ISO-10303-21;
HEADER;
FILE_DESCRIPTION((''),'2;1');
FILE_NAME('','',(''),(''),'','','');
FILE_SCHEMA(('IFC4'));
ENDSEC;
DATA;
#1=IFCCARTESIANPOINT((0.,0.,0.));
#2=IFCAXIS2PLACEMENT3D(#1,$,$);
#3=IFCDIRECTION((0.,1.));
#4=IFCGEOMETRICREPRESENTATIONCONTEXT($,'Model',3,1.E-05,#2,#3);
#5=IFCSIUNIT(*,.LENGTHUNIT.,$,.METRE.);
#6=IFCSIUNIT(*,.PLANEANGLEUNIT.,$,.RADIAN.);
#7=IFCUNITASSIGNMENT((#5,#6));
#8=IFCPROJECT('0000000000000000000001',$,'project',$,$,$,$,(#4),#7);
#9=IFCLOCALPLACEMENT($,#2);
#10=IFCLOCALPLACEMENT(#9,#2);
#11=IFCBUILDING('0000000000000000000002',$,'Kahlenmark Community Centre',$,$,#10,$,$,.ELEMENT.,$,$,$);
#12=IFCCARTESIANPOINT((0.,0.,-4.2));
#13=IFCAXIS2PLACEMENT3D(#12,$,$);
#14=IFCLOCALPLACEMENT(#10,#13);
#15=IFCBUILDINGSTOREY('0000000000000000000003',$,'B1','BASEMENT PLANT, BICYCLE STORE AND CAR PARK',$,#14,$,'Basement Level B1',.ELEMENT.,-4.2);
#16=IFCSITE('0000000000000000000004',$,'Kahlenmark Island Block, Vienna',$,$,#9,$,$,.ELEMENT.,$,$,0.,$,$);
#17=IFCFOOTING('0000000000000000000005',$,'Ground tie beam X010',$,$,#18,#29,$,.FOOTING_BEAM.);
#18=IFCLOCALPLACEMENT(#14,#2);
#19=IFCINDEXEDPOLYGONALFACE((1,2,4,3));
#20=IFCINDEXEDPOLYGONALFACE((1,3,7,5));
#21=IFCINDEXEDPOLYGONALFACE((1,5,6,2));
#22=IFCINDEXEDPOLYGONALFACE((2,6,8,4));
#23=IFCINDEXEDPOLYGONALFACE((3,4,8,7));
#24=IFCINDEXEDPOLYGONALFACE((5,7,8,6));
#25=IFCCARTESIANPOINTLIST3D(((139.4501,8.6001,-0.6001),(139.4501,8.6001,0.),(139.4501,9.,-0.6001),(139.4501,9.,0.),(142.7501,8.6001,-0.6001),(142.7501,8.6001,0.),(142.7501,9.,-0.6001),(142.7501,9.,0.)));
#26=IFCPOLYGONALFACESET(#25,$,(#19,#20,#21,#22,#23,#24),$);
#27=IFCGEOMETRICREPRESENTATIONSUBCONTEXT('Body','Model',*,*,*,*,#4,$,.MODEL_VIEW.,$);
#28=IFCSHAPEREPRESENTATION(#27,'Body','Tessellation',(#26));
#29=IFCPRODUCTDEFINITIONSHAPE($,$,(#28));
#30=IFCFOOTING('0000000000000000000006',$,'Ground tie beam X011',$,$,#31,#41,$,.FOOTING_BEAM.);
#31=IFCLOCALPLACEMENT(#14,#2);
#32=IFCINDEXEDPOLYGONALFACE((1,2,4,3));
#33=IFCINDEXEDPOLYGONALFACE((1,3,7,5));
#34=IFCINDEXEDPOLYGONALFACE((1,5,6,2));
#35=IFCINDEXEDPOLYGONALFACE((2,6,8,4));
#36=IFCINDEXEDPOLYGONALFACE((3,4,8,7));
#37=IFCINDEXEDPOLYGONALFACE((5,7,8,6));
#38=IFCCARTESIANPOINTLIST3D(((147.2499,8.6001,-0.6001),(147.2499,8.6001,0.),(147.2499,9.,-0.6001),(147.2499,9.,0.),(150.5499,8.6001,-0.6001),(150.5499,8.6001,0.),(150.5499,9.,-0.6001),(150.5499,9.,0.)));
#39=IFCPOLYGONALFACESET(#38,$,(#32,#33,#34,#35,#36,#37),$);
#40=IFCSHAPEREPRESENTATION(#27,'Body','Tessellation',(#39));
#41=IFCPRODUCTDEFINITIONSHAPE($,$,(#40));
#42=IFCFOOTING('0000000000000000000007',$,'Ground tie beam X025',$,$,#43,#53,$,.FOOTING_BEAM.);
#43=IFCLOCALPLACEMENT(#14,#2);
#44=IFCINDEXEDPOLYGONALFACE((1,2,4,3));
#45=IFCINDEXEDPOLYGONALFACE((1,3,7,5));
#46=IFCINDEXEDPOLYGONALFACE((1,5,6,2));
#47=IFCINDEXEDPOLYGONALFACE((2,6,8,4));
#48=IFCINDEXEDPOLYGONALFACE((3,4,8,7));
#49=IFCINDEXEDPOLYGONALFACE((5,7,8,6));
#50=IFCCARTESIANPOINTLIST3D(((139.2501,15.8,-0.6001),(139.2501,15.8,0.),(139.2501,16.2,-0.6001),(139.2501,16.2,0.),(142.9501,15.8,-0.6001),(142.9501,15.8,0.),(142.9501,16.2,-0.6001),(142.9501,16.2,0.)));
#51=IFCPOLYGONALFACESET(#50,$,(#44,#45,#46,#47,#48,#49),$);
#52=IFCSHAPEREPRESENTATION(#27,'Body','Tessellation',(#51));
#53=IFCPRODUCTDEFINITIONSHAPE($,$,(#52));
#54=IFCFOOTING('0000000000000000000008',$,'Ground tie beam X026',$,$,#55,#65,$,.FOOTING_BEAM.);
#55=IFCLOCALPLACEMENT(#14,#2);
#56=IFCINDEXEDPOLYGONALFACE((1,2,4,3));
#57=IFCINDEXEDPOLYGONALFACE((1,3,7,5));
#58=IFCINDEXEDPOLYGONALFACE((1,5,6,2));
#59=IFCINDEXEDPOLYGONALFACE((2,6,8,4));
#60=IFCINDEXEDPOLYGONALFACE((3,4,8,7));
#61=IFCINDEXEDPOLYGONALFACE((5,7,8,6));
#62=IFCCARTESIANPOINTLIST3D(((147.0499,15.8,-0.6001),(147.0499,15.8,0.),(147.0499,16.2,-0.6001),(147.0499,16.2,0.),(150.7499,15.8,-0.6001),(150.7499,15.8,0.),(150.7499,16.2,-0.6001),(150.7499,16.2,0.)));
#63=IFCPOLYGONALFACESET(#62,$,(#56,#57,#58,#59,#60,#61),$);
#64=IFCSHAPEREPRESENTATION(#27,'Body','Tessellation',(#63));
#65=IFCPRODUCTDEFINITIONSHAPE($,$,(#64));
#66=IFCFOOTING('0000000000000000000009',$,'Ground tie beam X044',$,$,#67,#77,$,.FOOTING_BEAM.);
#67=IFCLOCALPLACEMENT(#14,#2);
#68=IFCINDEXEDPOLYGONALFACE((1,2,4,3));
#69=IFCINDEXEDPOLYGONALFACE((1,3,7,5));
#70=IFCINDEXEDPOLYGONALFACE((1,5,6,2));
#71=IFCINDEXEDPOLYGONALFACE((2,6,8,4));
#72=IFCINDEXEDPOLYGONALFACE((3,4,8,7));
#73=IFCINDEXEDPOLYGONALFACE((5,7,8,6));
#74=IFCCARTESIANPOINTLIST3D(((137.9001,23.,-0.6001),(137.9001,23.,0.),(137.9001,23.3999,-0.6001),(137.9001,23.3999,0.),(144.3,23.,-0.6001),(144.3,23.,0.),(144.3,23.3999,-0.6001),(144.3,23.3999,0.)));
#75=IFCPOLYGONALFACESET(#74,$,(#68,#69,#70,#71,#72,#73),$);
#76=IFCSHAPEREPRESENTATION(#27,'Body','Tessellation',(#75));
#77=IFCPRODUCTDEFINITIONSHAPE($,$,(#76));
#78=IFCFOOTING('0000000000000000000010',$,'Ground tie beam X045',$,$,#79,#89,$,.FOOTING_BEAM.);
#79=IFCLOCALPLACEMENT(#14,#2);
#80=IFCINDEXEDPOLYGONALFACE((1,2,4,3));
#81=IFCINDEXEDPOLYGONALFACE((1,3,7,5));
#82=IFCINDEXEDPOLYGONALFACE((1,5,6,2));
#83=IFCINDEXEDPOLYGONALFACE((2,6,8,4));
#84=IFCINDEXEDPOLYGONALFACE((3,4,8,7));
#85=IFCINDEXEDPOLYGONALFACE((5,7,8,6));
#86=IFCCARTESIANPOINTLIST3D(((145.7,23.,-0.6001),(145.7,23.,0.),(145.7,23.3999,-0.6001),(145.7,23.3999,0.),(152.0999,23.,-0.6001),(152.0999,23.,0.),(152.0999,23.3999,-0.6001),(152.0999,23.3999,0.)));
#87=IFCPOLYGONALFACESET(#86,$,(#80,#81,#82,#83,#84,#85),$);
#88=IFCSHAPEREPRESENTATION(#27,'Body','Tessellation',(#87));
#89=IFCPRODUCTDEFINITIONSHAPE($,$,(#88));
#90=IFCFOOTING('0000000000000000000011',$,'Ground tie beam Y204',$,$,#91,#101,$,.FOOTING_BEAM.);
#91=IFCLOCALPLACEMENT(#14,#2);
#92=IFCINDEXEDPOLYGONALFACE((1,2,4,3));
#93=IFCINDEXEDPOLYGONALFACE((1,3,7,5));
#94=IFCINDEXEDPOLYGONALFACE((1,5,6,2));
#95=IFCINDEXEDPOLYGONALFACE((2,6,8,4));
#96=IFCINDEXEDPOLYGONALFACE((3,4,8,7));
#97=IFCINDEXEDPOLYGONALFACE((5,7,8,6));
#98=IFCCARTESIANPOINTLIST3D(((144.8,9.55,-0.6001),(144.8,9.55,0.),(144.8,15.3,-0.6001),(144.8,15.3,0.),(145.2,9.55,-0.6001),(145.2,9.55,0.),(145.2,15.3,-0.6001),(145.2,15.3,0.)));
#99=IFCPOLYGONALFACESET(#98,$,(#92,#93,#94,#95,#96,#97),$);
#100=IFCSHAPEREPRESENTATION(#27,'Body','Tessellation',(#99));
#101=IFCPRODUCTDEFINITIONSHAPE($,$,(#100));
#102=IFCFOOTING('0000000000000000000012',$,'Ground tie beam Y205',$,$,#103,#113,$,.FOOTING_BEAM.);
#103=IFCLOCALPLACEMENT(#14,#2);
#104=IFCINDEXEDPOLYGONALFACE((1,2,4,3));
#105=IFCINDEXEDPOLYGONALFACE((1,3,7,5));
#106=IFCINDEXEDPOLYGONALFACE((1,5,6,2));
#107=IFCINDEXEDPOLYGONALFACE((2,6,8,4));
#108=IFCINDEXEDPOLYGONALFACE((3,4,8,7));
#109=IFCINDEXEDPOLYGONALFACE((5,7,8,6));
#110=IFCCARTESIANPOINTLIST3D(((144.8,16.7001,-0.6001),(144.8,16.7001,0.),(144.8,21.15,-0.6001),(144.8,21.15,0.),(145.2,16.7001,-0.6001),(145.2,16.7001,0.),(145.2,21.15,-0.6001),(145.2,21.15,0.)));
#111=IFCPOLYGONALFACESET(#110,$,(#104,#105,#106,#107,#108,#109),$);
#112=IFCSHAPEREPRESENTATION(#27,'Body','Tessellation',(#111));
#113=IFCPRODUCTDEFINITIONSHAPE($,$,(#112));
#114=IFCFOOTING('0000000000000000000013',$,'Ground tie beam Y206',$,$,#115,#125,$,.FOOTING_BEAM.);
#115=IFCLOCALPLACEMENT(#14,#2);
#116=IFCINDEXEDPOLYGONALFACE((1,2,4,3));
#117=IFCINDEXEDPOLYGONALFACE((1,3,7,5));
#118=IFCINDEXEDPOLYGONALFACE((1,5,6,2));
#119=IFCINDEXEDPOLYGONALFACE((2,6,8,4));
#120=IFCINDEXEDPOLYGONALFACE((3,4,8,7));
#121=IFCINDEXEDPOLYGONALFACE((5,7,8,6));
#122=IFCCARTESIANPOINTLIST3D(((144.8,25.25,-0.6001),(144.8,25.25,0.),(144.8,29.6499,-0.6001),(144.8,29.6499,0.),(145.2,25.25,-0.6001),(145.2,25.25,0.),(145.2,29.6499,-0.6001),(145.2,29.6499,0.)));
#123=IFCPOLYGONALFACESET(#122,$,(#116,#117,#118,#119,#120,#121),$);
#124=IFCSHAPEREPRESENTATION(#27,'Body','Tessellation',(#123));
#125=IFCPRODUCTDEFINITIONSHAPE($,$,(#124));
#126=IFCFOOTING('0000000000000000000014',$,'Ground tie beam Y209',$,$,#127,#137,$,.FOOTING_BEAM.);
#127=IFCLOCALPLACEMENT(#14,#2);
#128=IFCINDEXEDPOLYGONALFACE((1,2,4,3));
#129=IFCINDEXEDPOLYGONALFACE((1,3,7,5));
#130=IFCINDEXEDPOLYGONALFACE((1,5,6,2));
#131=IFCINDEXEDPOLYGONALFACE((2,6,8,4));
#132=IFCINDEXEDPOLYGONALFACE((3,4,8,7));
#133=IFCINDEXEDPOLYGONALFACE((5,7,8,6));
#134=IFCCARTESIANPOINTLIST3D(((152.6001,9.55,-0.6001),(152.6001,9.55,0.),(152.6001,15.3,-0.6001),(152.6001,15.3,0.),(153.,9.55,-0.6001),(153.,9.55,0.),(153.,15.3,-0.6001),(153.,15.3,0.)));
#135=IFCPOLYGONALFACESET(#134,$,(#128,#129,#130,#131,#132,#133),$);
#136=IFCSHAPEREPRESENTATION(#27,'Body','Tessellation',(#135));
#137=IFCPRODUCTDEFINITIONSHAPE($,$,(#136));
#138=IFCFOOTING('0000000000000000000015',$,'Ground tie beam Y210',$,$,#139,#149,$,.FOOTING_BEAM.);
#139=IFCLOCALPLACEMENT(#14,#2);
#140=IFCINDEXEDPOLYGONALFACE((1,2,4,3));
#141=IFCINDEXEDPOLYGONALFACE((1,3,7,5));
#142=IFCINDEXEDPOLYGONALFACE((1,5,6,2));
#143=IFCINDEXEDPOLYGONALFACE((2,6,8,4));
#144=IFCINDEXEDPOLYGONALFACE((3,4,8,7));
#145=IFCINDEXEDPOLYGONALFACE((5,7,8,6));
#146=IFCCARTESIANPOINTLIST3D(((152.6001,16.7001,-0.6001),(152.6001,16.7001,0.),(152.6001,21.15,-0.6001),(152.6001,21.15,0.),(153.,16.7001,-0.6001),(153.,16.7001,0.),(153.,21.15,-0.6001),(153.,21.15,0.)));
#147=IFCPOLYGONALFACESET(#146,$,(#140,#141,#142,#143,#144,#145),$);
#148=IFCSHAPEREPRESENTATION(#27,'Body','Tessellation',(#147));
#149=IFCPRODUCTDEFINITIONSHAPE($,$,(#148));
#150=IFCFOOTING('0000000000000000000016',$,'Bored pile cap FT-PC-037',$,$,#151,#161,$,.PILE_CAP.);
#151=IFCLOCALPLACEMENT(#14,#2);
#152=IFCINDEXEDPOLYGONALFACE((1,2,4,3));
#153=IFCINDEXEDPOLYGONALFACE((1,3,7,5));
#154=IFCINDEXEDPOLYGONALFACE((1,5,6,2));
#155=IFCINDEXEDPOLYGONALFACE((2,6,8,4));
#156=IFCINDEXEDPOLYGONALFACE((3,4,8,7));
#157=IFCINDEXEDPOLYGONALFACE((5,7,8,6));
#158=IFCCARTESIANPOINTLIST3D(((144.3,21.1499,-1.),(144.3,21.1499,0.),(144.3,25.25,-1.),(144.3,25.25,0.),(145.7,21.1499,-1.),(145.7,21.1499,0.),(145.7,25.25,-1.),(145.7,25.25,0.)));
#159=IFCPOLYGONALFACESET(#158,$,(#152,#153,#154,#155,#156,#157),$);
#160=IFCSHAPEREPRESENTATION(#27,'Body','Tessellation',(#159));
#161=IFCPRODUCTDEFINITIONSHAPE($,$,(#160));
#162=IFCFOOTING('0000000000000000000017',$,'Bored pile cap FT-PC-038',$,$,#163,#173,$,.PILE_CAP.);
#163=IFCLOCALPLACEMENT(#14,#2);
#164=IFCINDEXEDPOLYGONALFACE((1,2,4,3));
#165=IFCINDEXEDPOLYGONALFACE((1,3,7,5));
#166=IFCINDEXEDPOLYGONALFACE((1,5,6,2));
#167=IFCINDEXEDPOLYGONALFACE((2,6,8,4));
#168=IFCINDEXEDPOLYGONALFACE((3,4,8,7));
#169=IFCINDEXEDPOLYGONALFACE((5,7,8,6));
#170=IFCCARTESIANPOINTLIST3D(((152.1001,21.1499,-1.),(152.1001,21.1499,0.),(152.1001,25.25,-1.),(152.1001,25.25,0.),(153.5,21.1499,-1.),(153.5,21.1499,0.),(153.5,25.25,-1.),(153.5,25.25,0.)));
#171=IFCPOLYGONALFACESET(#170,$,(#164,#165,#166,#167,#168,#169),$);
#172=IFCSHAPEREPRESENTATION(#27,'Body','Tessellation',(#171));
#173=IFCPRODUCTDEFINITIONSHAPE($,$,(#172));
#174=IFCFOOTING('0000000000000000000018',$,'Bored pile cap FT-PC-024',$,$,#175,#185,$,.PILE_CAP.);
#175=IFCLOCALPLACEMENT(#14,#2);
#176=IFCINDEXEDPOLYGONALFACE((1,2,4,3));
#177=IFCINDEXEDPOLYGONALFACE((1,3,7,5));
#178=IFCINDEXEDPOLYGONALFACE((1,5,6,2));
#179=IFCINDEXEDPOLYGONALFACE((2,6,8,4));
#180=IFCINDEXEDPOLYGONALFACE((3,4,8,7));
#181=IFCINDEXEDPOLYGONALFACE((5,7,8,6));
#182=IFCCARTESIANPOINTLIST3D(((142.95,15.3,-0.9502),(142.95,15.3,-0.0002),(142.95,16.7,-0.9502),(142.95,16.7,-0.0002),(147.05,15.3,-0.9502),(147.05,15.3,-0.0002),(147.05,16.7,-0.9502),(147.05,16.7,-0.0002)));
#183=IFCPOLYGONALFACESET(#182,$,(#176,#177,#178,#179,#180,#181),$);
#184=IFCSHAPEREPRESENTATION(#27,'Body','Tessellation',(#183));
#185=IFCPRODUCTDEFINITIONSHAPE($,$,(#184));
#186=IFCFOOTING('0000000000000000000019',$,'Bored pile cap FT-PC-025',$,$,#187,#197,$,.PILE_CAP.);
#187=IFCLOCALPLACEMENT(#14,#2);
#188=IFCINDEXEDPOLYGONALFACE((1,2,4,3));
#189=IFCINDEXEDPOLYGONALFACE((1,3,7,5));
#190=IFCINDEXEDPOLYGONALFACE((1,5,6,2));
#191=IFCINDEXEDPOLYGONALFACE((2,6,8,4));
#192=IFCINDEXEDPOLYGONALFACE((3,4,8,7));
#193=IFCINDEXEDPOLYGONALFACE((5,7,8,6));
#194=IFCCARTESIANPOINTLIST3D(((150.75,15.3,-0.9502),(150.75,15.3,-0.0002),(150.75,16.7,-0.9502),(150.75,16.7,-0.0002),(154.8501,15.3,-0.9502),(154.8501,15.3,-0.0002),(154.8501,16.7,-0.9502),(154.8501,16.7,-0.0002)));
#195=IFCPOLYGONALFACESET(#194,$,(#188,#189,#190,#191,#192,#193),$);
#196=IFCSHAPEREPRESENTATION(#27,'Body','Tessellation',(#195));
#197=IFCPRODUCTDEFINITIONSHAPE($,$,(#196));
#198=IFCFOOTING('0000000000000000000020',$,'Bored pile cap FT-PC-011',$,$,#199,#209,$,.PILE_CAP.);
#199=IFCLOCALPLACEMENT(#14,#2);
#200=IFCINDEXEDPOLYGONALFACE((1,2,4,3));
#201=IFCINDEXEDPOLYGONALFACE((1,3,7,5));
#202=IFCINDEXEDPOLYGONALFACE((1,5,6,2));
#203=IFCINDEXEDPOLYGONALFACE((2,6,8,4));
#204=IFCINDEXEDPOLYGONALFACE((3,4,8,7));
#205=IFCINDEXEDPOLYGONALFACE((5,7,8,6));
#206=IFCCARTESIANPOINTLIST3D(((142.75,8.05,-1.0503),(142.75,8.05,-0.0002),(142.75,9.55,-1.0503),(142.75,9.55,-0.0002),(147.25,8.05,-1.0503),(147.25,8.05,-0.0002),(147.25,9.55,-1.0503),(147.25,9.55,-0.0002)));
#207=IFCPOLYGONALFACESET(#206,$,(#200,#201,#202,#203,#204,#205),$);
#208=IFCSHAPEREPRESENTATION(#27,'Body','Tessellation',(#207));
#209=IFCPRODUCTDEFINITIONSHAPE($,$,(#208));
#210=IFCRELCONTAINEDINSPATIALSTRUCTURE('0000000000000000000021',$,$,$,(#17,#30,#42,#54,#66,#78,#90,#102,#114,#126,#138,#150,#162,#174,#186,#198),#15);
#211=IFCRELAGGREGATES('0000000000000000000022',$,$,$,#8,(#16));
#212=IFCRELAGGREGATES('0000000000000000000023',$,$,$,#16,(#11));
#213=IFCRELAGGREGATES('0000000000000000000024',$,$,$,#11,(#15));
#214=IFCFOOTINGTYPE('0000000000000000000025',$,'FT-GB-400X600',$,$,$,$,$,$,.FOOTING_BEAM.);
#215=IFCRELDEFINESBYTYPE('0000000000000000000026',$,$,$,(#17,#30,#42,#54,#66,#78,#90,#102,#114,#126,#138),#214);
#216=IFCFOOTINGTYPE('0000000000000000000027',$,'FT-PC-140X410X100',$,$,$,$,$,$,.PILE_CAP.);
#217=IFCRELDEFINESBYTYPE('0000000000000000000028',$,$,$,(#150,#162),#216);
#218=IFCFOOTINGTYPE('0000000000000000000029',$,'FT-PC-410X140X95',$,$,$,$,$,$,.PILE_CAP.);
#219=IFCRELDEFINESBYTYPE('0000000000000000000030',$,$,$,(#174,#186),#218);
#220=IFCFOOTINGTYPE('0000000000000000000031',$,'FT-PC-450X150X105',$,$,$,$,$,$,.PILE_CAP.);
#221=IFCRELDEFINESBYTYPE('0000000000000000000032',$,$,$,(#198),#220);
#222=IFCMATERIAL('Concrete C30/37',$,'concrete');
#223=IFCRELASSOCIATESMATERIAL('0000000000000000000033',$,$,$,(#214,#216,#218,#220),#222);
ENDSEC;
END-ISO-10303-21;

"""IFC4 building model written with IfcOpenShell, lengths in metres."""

from ifc_helpers import new_model, si_unit, direction, frame, origin, origin_2d, place, context, subcontext, project, spatial, rectangle, extrude, material, type_object, element, save


model = new_model("IFC4")

# Units and contexts
model_context = context("Model", 3, precision=1e-05, world=origin(), true_north=direction((0.0, 1.0)))
body_context = subcontext(model_context, "Body", "Model", "MODEL_VIEW")
ifc_project = project(units=[si_unit("LENGTHUNIT", "METRE"), si_unit("PLANEANGLEUNIT", "RADIAN")], contexts=[model_context])

# Site, building, storey
site_placement = place(None, origin())
site = spatial("IfcSite", under=ifc_project, at=site_placement, Name="Kahlenmark Island Block, Vienna", CompositionType="ELEMENT", RefElevation=0.0)
building_placement = place(site_placement, origin())
building = spatial("IfcBuilding", under=site, at=building_placement, Name="Kahlenmark Community Centre", CompositionType="ELEMENT")
storey_placement = place(building_placement, frame((0.0, 0.0, -4.2)))
storey = spatial("IfcBuildingStorey", under=building, at=storey_placement, Name="B1", Description="BASEMENT PLANT, BICYCLE STORE AND CAR PARK", LongName="Basement Level B1", CompositionType="ELEMENT", Elevation=-4.2)

# Footings
ifc_material_1 = material(Name="Concrete C30/37", Category="concrete")
footing_type_1 = type_object("IfcFootingType", Name="FT-GB-400X600", PredefinedType="FOOTING_BEAM", material=ifc_material_1)
for number, where, z_axis, x_axis, name in (
    (1, (141.1001, 8.8, -0.6001), (0.0, 0.0, 1.0), (1.0, 0.0, 0.0), "Ground tie beam X010"),
    (2, (148.8999, 8.8, -0.6001), (0.0, 0.0, 1.0), (1.0, 0.0, 0.0), "Ground tie beam X011"),
):
    element("IfcFooting", number, at=place(storey_placement, frame(where, z_axis=z_axis, x_axis=x_axis)), inside=storey, type_object=footing_type_1, Name=name, PredefinedType="FOOTING_BEAM", context=body_context, shape_type="SweptSolid", body=[
        extrude(rectangle(XDim=3.3, YDim=0.3999, at=origin_2d()), origin(), (0.0, 0.0, 1.0), 0.6001),
    ])
for number, where, z_axis, x_axis, name in (
    (3, (141.1001, 16.0, -0.6001), (0.0, 0.0, 1.0), (1.0, 0.0, 0.0), "Ground tie beam X025"),
    (4, (148.8999, 16.0, -0.6001), (0.0, 0.0, 1.0), (1.0, 0.0, 0.0), "Ground tie beam X026"),
):
    element("IfcFooting", number, at=place(storey_placement, frame(where, z_axis=z_axis, x_axis=x_axis)), inside=storey, type_object=footing_type_1, Name=name, PredefinedType="FOOTING_BEAM", context=body_context, shape_type="SweptSolid", body=[
        extrude(rectangle(XDim=3.7, YDim=0.3999, at=origin_2d()), origin(), (0.0, 0.0, 1.0), 0.6001),
    ])
for number, where, z_axis, x_axis, name in (
    (5, (141.1001, 23.2, -0.6001), (0.0, 0.0, 1.0), (1.0, 0.0, 0.0), "Ground tie beam X044"),
    (6, (148.8999, 23.2, -0.6001), (0.0, 0.0, 1.0), (1.0, 0.0, 0.0), "Ground tie beam X045"),
):
    element("IfcFooting", number, at=place(storey_placement, frame(where, z_axis=z_axis, x_axis=x_axis)), inside=storey, type_object=footing_type_1, Name=name, PredefinedType="FOOTING_BEAM", context=body_context, shape_type="SweptSolid", body=[
        extrude(rectangle(XDim=6.3999, YDim=0.3999, at=origin_2d()), origin(), (0.0, 0.0, 1.0), 0.6001),
    ])
footing_1_placement = place(storey_placement, frame((145.0, 12.425, -0.6001), z_axis=(0.0, 0.0, 1.0), x_axis=(1.0, 0.0, 0.0)))
element("IfcFooting", 7, at=footing_1_placement, inside=storey, type_object=footing_type_1, Name="Ground tie beam Y204", PredefinedType="FOOTING_BEAM", context=body_context, shape_type="SweptSolid", body=[
    extrude(rectangle(XDim=0.3999, YDim=5.75, at=origin_2d()), origin(), (0.0, 0.0, 1.0), 0.6001),
])
footing_2_placement = place(storey_placement, frame((145.0, 18.925, -0.6001), z_axis=(0.0, 0.0, 1.0), x_axis=(1.0, 0.0, 0.0)))
element("IfcFooting", 8, at=footing_2_placement, inside=storey, type_object=footing_type_1, Name="Ground tie beam Y205", PredefinedType="FOOTING_BEAM", context=body_context, shape_type="SweptSolid", body=[
    extrude(rectangle(XDim=0.3999, YDim=4.45, at=origin_2d()), origin(), (0.0, 0.0, 1.0), 0.6001),
])
footing_3_placement = place(storey_placement, frame((145.0, 27.45, -0.6001), z_axis=(0.0, 0.0, 1.0), x_axis=(1.0, 0.0, 0.0)))
element("IfcFooting", 9, at=footing_3_placement, inside=storey, type_object=footing_type_1, Name="Ground tie beam Y206", PredefinedType="FOOTING_BEAM", context=body_context, shape_type="SweptSolid", body=[
    extrude(rectangle(XDim=0.3999, YDim=4.3999, at=origin_2d()), origin(), (0.0, 0.0, 1.0), 0.6001),
])
footing_4_placement = place(storey_placement, frame((152.8, 12.425, -0.6001), z_axis=(0.0, 0.0, 1.0), x_axis=(1.0, 0.0, 0.0)))
element("IfcFooting", 10, at=footing_4_placement, inside=storey, type_object=footing_type_1, Name="Ground tie beam Y209", PredefinedType="FOOTING_BEAM", context=body_context, shape_type="SweptSolid", body=[
    extrude(rectangle(XDim=0.3999, YDim=5.75, at=origin_2d()), origin(), (0.0, 0.0, 1.0), 0.6001),
])
footing_5_placement = place(storey_placement, frame((152.8, 18.925, -0.6001), z_axis=(0.0, 0.0, 1.0), x_axis=(1.0, 0.0, 0.0)))
element("IfcFooting", 11, at=footing_5_placement, inside=storey, type_object=footing_type_1, Name="Ground tie beam Y210", PredefinedType="FOOTING_BEAM", context=body_context, shape_type="SweptSolid", body=[
    extrude(rectangle(XDim=0.3999, YDim=4.45, at=origin_2d()), origin(), (0.0, 0.0, 1.0), 0.6001),
])
footing_type_2 = type_object("IfcFootingType", Name="FT-PC-140X410X100", PredefinedType="PILE_CAP", material=ifc_material_1)
for number, where, z_axis, x_axis, name in (
    (12, (145.0, 23.2, -1.0), (0.0, 0.0, 1.0), (1.0, 0.0, 0.0), "Bored pile cap FT-PC-037"),
    (13, (152.8, 23.2, -1.0), (0.0, 0.0, 1.0), (1.0, 0.0, 0.0), "Bored pile cap FT-PC-038"),
):
    element("IfcFooting", number, at=place(storey_placement, frame(where, z_axis=z_axis, x_axis=x_axis)), inside=storey, type_object=footing_type_2, Name=name, PredefinedType="PILE_CAP", context=body_context, shape_type="SweptSolid", body=[
        extrude(rectangle(XDim=1.3999, YDim=4.1001, at=origin_2d()), origin(), (0.0, 0.0, 1.0), 1.0),
    ])
footing_type_3 = type_object("IfcFootingType", Name="FT-PC-410X140X95", PredefinedType="PILE_CAP", material=ifc_material_1)
for number, where, z_axis, x_axis, name in (
    (14, (145.0, 16.0, -0.9502), (0.0, 0.0, 1.0), (1.0, 0.0, 0.0), "Bored pile cap FT-PC-024"),
    (15, (152.8, 16.0, -0.9502), (0.0, 0.0, 1.0), (1.0, 0.0, 0.0), "Bored pile cap FT-PC-025"),
):
    element("IfcFooting", number, at=place(storey_placement, frame(where, z_axis=z_axis, x_axis=x_axis)), inside=storey, type_object=footing_type_3, Name=name, PredefinedType="PILE_CAP", context=body_context, shape_type="SweptSolid", body=[
        extrude(rectangle(XDim=4.1001, YDim=1.3999, at=origin_2d()), origin(), (0.0, 0.0, 1.0), 0.95),
    ])
footing_type_4 = type_object("IfcFootingType", Name="FT-PC-450X150X105", PredefinedType="PILE_CAP", material=ifc_material_1)
for number, where, z_axis, x_axis, name in (
    (16, (145.0, 8.8, -1.0503), (0.0, 0.0, 1.0), (1.0, 0.0, 0.0), "Bored pile cap FT-PC-011"),
):
    element("IfcFooting", number, at=place(storey_placement, frame(where, z_axis=z_axis, x_axis=x_axis)), inside=storey, type_object=footing_type_4, Name=name, PredefinedType="PILE_CAP", context=body_context, shape_type="SweptSolid", body=[
        extrude(rectangle(XDim=4.5, YDim=1.5, at=origin_2d()), origin(), (0.0, 0.0, 1.0), 1.05),
    ])

save(model, "model.ifc")
